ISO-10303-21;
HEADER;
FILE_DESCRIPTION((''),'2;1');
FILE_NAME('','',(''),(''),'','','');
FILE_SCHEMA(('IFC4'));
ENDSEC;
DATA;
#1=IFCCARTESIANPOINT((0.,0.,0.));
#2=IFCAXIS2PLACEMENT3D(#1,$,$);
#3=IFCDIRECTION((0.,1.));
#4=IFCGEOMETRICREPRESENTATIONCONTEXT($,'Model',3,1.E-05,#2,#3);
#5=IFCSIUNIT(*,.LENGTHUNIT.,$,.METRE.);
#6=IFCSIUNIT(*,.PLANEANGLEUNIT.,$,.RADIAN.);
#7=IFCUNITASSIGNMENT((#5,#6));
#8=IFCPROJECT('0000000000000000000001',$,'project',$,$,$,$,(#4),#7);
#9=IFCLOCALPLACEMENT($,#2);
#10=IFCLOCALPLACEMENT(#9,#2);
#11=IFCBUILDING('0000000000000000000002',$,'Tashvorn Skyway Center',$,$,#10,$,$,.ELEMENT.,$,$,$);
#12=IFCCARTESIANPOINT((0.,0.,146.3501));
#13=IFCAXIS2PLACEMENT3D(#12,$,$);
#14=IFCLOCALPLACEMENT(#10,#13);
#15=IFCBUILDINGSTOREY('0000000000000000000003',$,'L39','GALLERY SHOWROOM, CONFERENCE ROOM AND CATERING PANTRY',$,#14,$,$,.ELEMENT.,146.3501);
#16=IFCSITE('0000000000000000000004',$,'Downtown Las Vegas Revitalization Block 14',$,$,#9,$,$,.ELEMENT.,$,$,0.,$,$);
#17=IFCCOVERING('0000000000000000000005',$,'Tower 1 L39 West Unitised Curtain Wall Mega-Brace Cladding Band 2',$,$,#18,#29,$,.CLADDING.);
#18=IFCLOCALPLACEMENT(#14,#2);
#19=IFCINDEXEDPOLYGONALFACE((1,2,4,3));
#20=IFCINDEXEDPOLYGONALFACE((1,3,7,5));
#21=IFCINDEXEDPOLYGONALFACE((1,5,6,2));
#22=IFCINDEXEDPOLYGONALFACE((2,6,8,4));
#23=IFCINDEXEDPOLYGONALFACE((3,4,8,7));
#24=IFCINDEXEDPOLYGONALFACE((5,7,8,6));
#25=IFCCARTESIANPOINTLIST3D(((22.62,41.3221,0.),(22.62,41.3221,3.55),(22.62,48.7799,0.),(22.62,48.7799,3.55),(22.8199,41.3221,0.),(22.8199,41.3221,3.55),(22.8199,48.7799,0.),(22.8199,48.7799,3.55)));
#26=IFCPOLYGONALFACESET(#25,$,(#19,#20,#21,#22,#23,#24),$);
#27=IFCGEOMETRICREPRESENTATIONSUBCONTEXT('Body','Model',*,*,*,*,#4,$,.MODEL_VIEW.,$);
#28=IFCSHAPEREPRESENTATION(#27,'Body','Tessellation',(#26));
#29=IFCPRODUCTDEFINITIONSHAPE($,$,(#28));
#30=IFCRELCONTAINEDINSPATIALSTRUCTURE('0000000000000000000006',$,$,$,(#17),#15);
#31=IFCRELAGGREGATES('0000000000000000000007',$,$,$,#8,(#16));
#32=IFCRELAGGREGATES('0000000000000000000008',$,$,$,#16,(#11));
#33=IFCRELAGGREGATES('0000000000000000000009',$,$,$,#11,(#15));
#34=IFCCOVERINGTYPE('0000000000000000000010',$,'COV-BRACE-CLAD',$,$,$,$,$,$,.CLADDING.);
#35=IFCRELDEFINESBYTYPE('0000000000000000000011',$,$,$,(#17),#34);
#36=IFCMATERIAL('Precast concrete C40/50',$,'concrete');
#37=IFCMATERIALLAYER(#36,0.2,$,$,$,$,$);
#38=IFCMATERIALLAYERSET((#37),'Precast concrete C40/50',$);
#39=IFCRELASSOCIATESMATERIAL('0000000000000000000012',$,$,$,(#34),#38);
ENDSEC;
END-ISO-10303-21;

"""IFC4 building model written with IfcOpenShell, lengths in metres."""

from ifc_helpers import new_model, si_unit, direction, frame, origin, origin_2d, place, context, subcontext, project, spatial, rectangle, extrude, material, layer, layer_set, type_object, element, save


model = new_model("IFC4")

# Units and contexts
model_context = context("Model", 3, precision=1e-05, world=origin(), true_north=direction((0.0, 1.0)))
body_context = subcontext(model_context, "Body", "Model", "MODEL_VIEW")
ifc_project = project(units=[si_unit("LENGTHUNIT", "METRE"), si_unit("PLANEANGLEUNIT", "RADIAN")], contexts=[model_context])

# Site, building, storey
site_placement = place(None, origin())
site = spatial("IfcSite", under=ifc_project, at=site_placement, Name="Downtown Las Vegas Revitalization Block 14", CompositionType="ELEMENT", RefElevation=0.0)
building_placement = place(site_placement, origin())
building = spatial("IfcBuilding", under=site, at=building_placement, Name="Tashvorn Skyway Center", CompositionType="ELEMENT")
storey_placement = place(building_placement, frame((0.0, 0.0, 146.3501)))
storey = spatial("IfcBuildingStorey", under=building, at=storey_placement, Name="L39", Description="GALLERY SHOWROOM, CONFERENCE ROOM AND CATERING PANTRY", CompositionType="ELEMENT", Elevation=146.3501)

# Shared definitions
ifc_material_1 = material(Name="Precast concrete C40/50", Category="concrete")

# Covering
ifc_layer_1 = layer(ifc_material_1, 0.2)
ifc_layer_set_1 = layer_set([ifc_layer_1], Name="Precast concrete C40/50")
covering_type = type_object("IfcCoveringType", Name="COV-BRACE-CLAD", PredefinedType="CLADDING", material=ifc_layer_set_1)
covering_placement = place(storey_placement, frame((22.72, 45.051, 0.0), z_axis=(0.0, 0.0, 1.0), x_axis=(0.0, 1.0, 0.0)))
element("IfcCovering", 1, at=covering_placement, inside=storey, type_object=covering_type, Name="Tower 1 L39 West Unitised Curtain Wall Mega-Brace Cladding Band 2", PredefinedType="CLADDING", context=body_context, shape_type="SweptSolid", body=[
    extrude(rectangle(XDim=7.4578, YDim=0.2, at=origin_2d()), origin(), (0.0, 0.0, 1.0), 3.55),
])

save(model, "model.ifc")
